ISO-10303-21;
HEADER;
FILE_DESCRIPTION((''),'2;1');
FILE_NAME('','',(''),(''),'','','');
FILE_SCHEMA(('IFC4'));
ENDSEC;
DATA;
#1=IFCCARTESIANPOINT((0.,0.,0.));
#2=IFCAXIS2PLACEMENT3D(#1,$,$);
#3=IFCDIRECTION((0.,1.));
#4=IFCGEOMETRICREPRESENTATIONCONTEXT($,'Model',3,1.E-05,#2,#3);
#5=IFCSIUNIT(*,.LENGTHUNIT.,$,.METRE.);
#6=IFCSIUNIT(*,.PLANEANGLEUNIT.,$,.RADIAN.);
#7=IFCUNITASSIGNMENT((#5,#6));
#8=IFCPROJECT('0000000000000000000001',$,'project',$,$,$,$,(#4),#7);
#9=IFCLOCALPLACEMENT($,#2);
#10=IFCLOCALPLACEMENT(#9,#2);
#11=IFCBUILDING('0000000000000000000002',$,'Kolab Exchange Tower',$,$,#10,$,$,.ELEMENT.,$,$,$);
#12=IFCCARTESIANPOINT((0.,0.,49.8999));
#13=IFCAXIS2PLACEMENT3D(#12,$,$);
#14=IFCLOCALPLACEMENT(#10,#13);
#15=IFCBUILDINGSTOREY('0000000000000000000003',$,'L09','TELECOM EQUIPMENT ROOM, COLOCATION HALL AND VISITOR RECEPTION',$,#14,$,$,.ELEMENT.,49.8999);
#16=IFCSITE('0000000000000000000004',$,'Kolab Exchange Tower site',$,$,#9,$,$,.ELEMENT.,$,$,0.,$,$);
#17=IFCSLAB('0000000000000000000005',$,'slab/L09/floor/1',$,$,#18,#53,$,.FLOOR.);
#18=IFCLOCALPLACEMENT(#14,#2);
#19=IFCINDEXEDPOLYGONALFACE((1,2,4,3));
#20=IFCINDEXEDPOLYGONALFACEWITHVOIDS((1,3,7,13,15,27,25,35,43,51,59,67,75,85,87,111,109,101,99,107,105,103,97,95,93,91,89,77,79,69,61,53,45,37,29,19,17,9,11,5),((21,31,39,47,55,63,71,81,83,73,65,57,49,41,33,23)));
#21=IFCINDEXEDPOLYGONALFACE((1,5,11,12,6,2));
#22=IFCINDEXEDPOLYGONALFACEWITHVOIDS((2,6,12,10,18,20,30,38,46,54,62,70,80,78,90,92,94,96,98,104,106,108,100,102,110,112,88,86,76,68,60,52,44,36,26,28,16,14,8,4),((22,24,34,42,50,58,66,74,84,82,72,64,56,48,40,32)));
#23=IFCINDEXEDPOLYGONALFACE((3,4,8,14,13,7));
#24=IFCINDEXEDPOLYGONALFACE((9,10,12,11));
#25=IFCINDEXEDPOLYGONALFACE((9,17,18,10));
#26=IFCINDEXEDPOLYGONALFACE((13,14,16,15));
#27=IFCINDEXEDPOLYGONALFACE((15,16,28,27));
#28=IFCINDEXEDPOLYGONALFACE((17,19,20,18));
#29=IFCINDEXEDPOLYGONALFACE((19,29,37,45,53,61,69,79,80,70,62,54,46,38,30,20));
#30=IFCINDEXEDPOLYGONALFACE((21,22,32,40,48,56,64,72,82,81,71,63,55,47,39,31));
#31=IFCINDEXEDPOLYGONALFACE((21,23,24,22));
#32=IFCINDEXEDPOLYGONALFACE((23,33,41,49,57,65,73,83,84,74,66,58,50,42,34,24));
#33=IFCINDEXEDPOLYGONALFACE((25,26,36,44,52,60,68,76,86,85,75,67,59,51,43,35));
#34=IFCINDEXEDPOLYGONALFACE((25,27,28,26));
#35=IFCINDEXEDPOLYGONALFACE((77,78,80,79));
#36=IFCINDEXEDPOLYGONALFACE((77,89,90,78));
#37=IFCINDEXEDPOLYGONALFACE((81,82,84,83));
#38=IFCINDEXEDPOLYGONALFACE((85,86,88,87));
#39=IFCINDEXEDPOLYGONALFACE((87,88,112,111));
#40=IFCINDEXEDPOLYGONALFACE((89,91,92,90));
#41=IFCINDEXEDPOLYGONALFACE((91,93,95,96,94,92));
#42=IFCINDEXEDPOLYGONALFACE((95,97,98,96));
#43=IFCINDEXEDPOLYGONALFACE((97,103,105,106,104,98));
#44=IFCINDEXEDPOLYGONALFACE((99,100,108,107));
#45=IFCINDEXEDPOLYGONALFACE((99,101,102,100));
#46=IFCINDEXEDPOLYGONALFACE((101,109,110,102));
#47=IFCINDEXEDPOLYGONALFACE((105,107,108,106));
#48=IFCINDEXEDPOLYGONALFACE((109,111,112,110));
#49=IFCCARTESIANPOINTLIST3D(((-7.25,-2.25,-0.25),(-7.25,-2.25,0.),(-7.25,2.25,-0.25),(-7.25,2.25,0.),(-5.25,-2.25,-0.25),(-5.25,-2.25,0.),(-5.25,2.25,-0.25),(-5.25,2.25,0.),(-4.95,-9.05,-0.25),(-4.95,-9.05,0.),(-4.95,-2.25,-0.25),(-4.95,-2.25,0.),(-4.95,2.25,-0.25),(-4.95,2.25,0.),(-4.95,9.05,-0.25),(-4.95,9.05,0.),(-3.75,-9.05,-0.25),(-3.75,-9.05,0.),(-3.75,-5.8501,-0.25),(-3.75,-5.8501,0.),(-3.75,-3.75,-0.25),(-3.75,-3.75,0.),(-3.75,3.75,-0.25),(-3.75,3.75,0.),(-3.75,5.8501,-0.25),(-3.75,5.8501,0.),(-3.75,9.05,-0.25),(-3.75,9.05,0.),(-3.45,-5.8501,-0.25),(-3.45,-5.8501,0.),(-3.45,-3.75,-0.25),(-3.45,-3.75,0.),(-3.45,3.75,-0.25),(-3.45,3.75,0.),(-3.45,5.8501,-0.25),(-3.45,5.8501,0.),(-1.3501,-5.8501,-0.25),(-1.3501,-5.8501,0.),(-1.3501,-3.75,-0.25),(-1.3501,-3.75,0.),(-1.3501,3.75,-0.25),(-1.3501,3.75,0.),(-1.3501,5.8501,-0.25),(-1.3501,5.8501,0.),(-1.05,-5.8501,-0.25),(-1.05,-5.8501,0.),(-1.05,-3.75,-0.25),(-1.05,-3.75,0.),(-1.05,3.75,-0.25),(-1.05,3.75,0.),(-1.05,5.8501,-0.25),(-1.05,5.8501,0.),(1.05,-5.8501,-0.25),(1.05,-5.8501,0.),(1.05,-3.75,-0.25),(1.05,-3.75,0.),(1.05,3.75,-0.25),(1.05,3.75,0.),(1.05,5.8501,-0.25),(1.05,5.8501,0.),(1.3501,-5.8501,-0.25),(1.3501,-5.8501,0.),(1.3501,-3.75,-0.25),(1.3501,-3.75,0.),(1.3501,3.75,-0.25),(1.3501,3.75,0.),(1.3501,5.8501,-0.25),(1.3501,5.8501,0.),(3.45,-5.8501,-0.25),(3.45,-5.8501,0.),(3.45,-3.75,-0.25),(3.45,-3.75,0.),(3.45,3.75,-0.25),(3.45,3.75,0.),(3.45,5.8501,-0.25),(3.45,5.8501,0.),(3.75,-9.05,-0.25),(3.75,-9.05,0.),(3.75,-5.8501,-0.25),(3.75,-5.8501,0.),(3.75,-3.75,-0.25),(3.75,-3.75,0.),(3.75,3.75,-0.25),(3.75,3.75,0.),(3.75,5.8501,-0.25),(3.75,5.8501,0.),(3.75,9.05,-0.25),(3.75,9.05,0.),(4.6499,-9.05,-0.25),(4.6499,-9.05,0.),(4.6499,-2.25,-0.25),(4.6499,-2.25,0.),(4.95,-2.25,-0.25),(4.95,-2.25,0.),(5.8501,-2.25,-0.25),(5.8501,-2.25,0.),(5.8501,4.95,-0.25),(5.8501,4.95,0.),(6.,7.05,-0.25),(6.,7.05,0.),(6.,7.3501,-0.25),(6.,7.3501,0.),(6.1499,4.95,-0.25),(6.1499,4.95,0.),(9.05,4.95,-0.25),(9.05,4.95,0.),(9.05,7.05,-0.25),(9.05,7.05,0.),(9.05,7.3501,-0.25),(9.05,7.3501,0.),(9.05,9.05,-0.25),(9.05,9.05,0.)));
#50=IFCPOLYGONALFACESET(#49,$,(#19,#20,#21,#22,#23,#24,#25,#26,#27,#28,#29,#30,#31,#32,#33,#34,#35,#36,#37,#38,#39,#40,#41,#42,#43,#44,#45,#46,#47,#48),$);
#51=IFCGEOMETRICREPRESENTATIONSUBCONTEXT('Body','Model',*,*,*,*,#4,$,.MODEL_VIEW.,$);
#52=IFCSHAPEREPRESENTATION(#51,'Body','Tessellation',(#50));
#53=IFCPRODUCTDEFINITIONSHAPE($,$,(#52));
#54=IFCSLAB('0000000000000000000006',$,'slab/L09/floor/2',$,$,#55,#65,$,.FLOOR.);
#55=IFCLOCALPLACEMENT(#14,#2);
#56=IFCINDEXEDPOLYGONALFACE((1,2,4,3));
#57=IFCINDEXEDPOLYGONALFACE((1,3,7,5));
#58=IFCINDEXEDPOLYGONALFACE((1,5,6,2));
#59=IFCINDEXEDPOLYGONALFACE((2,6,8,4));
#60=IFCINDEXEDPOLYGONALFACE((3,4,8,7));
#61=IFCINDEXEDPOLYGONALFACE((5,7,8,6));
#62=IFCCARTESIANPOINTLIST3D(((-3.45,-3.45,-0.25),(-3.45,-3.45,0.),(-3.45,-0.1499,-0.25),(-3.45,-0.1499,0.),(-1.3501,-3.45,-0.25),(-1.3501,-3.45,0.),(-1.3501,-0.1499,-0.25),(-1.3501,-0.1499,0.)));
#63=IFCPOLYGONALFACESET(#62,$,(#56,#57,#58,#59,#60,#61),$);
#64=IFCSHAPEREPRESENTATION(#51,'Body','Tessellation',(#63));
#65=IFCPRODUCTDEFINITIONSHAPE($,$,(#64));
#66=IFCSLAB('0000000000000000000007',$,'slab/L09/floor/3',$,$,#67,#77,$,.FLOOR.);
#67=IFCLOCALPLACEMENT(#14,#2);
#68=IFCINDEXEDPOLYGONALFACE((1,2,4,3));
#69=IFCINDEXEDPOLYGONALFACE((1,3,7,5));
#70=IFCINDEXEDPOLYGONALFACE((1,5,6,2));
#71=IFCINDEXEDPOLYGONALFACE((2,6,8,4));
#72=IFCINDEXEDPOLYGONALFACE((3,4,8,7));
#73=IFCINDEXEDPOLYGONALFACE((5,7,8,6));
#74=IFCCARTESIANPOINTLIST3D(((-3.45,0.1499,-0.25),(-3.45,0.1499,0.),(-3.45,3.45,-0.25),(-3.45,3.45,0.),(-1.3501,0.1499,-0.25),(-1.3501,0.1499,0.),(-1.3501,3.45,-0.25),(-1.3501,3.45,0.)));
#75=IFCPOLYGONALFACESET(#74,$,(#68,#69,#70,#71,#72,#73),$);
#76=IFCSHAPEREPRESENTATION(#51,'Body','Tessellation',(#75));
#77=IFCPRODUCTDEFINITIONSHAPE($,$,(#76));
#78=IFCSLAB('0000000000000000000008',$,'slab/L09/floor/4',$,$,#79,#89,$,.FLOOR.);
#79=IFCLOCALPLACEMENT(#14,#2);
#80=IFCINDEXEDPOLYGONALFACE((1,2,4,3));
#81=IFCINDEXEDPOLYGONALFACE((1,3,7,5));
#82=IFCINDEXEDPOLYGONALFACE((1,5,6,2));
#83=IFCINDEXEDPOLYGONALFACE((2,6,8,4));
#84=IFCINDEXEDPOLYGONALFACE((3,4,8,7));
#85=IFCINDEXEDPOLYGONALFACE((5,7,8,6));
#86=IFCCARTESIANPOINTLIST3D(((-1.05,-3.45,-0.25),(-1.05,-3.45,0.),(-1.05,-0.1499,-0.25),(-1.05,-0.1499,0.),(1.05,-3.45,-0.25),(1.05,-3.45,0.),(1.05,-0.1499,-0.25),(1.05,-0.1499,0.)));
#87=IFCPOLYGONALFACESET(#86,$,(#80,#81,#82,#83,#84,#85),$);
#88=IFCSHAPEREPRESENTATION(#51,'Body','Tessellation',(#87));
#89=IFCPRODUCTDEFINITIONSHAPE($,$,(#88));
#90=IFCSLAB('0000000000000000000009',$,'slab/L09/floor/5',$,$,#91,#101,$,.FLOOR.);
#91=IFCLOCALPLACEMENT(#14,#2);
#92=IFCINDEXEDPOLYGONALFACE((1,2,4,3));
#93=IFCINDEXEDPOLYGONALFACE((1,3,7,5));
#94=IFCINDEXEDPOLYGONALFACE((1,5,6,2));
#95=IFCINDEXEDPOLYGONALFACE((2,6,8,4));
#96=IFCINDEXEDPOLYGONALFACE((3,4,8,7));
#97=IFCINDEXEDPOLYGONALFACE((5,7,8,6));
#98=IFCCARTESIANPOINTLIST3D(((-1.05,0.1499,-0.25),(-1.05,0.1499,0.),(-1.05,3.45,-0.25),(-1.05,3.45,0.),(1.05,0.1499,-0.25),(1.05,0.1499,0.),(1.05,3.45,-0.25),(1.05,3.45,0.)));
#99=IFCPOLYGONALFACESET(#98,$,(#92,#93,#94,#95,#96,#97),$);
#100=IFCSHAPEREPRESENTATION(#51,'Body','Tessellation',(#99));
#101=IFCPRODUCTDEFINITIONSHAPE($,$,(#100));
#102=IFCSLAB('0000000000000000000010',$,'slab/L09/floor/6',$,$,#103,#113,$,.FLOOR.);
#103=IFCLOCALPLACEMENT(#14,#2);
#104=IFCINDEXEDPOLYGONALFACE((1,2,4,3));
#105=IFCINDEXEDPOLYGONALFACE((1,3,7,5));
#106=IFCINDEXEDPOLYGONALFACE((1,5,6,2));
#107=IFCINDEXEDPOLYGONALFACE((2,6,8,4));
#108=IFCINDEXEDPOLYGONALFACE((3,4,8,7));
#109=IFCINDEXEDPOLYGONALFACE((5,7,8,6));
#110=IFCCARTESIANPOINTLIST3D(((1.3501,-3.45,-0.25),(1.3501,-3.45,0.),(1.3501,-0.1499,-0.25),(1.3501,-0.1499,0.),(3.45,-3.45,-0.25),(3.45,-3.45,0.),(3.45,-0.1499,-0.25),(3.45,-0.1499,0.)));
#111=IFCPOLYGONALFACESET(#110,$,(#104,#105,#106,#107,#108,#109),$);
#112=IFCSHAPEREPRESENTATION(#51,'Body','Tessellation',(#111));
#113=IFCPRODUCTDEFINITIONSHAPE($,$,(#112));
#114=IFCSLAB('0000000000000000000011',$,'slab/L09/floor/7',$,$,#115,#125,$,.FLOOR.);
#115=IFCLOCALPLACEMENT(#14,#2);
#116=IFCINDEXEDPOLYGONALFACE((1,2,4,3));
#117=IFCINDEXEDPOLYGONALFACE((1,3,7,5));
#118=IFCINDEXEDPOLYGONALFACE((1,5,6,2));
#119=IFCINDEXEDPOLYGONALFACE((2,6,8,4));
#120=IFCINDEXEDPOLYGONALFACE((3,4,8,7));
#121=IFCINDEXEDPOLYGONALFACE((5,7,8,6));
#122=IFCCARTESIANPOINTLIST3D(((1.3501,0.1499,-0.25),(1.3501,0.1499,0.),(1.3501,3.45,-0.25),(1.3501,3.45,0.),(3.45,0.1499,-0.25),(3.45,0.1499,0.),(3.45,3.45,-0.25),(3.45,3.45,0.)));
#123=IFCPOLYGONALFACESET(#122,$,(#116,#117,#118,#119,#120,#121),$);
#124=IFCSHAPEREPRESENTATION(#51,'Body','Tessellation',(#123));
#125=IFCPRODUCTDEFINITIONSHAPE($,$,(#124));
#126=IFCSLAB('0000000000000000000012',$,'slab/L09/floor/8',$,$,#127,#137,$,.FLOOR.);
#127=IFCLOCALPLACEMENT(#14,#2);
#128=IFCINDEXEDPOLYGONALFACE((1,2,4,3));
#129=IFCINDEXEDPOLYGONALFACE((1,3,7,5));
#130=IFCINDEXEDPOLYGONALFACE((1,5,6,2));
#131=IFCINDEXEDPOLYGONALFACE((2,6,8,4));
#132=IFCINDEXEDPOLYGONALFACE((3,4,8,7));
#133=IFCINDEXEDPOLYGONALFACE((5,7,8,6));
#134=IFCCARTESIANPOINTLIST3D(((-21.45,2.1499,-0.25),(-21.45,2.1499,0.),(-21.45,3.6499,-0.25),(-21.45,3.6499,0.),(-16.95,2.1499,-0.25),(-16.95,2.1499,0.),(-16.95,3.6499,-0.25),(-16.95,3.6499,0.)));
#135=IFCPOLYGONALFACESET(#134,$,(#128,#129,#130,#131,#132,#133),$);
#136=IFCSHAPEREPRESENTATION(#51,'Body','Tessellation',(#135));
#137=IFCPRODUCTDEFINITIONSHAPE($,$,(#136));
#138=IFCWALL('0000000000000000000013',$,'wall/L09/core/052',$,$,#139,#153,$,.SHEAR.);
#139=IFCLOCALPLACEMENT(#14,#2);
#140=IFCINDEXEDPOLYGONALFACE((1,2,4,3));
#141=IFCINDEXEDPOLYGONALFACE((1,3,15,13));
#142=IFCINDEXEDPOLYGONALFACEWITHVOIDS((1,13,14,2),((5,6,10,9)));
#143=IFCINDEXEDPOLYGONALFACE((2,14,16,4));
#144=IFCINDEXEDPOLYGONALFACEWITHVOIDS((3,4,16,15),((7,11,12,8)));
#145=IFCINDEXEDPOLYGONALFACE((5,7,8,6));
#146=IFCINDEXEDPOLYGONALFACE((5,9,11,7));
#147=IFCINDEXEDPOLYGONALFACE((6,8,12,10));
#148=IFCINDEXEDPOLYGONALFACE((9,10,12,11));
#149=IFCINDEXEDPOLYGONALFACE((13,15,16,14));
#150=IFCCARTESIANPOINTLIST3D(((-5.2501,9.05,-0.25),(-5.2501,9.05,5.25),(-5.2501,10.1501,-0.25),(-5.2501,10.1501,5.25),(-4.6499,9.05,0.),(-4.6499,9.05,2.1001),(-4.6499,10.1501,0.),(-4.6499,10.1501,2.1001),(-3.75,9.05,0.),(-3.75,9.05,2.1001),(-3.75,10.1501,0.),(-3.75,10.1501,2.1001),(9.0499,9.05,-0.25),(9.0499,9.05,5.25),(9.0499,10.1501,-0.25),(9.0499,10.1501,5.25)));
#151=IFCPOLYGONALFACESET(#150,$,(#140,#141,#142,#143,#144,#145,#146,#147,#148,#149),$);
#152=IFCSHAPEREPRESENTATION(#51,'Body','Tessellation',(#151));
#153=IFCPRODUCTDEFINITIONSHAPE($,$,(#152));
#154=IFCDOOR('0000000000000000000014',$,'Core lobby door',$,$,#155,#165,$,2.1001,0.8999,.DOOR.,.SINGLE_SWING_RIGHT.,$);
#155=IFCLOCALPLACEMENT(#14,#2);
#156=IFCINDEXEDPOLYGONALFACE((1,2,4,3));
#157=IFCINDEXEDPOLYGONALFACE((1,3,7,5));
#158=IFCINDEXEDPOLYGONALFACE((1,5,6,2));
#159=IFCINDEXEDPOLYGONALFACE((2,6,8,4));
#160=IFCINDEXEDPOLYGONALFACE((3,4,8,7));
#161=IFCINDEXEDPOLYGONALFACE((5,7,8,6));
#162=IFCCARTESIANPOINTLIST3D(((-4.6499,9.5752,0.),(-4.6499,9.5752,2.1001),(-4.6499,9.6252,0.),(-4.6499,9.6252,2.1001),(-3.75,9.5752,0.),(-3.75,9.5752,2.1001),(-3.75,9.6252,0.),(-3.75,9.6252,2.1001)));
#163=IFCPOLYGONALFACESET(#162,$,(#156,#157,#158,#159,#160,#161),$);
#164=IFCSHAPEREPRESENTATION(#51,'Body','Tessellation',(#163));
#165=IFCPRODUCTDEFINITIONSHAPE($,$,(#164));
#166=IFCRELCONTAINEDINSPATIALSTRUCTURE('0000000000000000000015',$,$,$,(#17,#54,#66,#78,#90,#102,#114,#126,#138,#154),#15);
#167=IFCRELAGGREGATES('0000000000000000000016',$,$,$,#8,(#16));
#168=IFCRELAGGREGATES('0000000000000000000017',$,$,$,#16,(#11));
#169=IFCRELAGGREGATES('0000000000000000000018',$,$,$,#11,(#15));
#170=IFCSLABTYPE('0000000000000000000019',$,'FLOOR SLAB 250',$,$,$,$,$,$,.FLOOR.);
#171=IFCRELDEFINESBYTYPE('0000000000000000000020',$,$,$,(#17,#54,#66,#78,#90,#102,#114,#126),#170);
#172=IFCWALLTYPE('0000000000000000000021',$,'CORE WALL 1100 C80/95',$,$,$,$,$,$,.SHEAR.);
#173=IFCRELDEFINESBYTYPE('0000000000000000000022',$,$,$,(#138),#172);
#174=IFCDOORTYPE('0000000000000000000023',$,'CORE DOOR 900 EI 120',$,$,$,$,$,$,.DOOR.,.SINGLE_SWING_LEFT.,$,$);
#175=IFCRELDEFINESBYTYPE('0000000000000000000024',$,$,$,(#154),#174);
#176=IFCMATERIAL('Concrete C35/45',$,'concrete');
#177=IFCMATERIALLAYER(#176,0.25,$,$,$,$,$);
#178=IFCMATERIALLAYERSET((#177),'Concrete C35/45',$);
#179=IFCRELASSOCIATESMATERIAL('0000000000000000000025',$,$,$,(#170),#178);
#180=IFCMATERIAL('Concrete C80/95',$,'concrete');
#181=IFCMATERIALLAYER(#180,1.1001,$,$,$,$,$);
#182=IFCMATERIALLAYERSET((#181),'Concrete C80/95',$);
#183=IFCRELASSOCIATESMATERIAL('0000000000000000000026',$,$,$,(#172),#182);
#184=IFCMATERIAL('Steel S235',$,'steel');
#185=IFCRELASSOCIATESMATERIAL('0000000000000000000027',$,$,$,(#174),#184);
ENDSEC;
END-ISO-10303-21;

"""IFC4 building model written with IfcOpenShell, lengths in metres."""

from ifc_helpers import new_model, si_unit, direction, frame, frame_2d, origin, place, context, subcontext, project, spatial, polyline, rectangle, outline, extrude, material, layer, layer_set, type_object, element, fill, save


model = new_model("IFC4")

# Units and contexts
model_context = context("Model", 3, precision=1e-05, world=origin(), true_north=direction((0.0, 1.0)))
body_context = subcontext(model_context, "Body", "Model", "MODEL_VIEW")
ifc_project = project(units=[si_unit("LENGTHUNIT", "METRE"), si_unit("PLANEANGLEUNIT", "RADIAN")], contexts=[model_context])

# Site, building, storey
site_placement = place(None, origin())
site = spatial("IfcSite", under=ifc_project, at=site_placement, Name="Kolab Exchange Tower site", CompositionType="ELEMENT", RefElevation=0.0)
building_placement = place(site_placement, origin())
building = spatial("IfcBuilding", under=site, at=building_placement, Name="Kolab Exchange Tower", CompositionType="ELEMENT")
storey_placement = place(building_placement, frame((0.0, 0.0, 49.8999)))
storey = spatial("IfcBuildingStorey", under=building, at=storey_placement, Name="L09", Description="TELECOM EQUIPMENT ROOM, COLOCATION HALL AND VISITOR RECEPTION", CompositionType="ELEMENT", Elevation=49.8999)

# Slabs
ifc_material_1 = material(Name="Concrete C35/45", Category="concrete")
ifc_layer_1 = layer(ifc_material_1, 0.25)
ifc_layer_set_1 = layer_set([ifc_layer_1], Name="Concrete C35/45")
slab_type = type_object("IfcSlabType", Name="FLOOR SLAB 250", PredefinedType="FLOOR", material=ifc_layer_set_1)
slab_1_placement = place(storey_placement, frame((0.0, 0.0, -0.25)))
element("IfcSlab", 1, at=slab_1_placement, inside=storey, type_object=slab_type, Name="slab/L09/floor/1", PredefinedType="FLOOR", context=body_context, shape_type="SweptSolid", body=[
    extrude(outline(polyline([(-5.25, 2.25), (-7.25, 2.25), (-7.25, -2.25), (-5.25, -2.25), (-4.95, -2.25), (-4.95, -9.05), (-3.75, -9.05), (-3.75, -5.8501), (-3.45, -5.8501), (-1.3501, -5.8501), (-1.05, -5.8501), (1.05, -5.8501), (1.3501, -5.8501), (3.45, -5.8501), (3.75, -5.8501), (3.75, -9.05), (4.6499, -9.05), (4.6499, -2.25), (4.95, -2.25), (5.8501, -2.25), (5.8501, 4.95), (6.1499, 4.95), (9.05, 4.95), (9.05, 7.05), (6.0, 7.05), (6.0, 7.3501), (9.05, 7.3501), (9.05, 9.05), (3.75, 9.05), (3.75, 5.8501), (3.45, 5.8501), (1.3501, 5.8501), (1.05, 5.8501), (-1.05, 5.8501), (-1.3501, 5.8501), (-3.45, 5.8501), (-3.75, 5.8501), (-3.75, 9.05), (-4.95, 9.05), (-4.95, 2.25), (-5.25, 2.25)]), holes=[polyline([(-1.3501, 3.75), (-1.05, 3.75), (1.05, 3.75), (1.3501, 3.75), (3.45, 3.75), (3.75, 3.75), (3.75, -3.75), (3.45, -3.75), (1.3501, -3.75), (1.05, -3.75), (-1.05, -3.75), (-1.3501, -3.75), (-3.45, -3.75), (-3.75, -3.75), (-3.75, 3.75), (-3.45, 3.75), (-1.3501, 3.75)])]), origin(), (0.0, 0.0, 1.0), 0.25),
])
slab_2_placement = place(storey_placement, frame((0.0, 0.0, -0.25)))
element("IfcSlab", 2, at=slab_2_placement, inside=storey, type_object=slab_type, Name="slab/L09/floor/2", PredefinedType="FLOOR", context=body_context, shape_type="SweptSolid", body=[
    extrude(outline(polyline([(-3.45, -3.45), (-1.3501, -3.45), (-1.3501, -0.1499), (-3.45, -0.1499), (-3.45, -3.45)])), origin(), (0.0, 0.0, 1.0), 0.25),
])
slab_3_placement = place(storey_placement, frame((0.0, 0.0, -0.25)))
element("IfcSlab", 3, at=slab_3_placement, inside=storey, type_object=slab_type, Name="slab/L09/floor/3", PredefinedType="FLOOR", context=body_context, shape_type="SweptSolid", body=[
    extrude(outline(polyline([(-1.3501, 0.1499), (-1.3501, 3.45), (-3.45, 3.45), (-3.45, 0.1499), (-1.3501, 0.1499)])), origin(), (0.0, 0.0, 1.0), 0.25),
])
slab_4_placement = place(storey_placement, frame((0.0, 0.0, -0.25)))
element("IfcSlab", 4, at=slab_4_placement, inside=storey, type_object=slab_type, Name="slab/L09/floor/4", PredefinedType="FLOOR", context=body_context, shape_type="SweptSolid", body=[
    extrude(outline(polyline([(-1.05, -0.1499), (-1.05, -3.45), (1.05, -3.45), (1.05, -0.1499), (-1.05, -0.1499)])), origin(), (0.0, 0.0, 1.0), 0.25),
])
slab_5_placement = place(storey_placement, frame((0.0, 0.0, -0.25)))
element("IfcSlab", 5, at=slab_5_placement, inside=storey, type_object=slab_type, Name="slab/L09/floor/5", PredefinedType="FLOOR", context=body_context, shape_type="SweptSolid", body=[
    extrude(outline(polyline([(-1.05, 3.45), (-1.05, 0.1499), (1.05, 0.1499), (1.05, 3.45), (-1.05, 3.45)])), origin(), (0.0, 0.0, 1.0), 0.25),
])
slab_6_placement = place(storey_placement, frame((0.0, 0.0, -0.25)))
element("IfcSlab", 6, at=slab_6_placement, inside=storey, type_object=slab_type, Name="slab/L09/floor/6", PredefinedType="FLOOR", context=body_context, shape_type="SweptSolid", body=[
    extrude(outline(polyline([(1.3501, -3.45), (3.45, -3.45), (3.45, -0.1499), (1.3501, -0.1499), (1.3501, -3.45)])), origin(), (0.0, 0.0, 1.0), 0.25),
])
slab_7_placement = place(storey_placement, frame((0.0, 0.0, -0.25)))
element("IfcSlab", 7, at=slab_7_placement, inside=storey, type_object=slab_type, Name="slab/L09/floor/7", PredefinedType="FLOOR", context=body_context, shape_type="SweptSolid", body=[
    extrude(outline(polyline([(1.3501, 0.1499), (3.45, 0.1499), (3.45, 3.45), (1.3501, 3.45), (1.3501, 0.1499)])), origin(), (0.0, 0.0, 1.0), 0.25),
])
slab_8_placement = place(storey_placement, frame((0.0, 0.0, -0.25)))
element("IfcSlab", 8, at=slab_8_placement, inside=storey, type_object=slab_type, Name="slab/L09/floor/8", PredefinedType="FLOOR", context=body_context, shape_type="SweptSolid", body=[
    extrude(outline(polyline([(-21.45, 3.6499), (-21.45, 2.1499), (-16.95, 2.1499), (-16.95, 3.6499), (-21.45, 3.6499)])), origin(), (0.0, 0.0, 1.0), 0.25),
])

# Wall, opening, door
ifc_material_2 = material(Name="Concrete C80/95", Category="concrete")
ifc_layer_2 = layer(ifc_material_2, 1.1001)
ifc_layer_set_2 = layer_set([ifc_layer_2], Name="Concrete C80/95")
wall_type_1 = type_object("IfcWallType", Name="CORE WALL 1100 C80/95", PredefinedType="SHEAR", material=ifc_layer_set_2)
wall_1_placement = place(storey_placement, frame((-5.25, 9.6001, -0.25), z_axis=(0.0, 0.0, 1.0), x_axis=(1.0, 0.0, 0.0)))
wall_1 = element("IfcWall", 9, at=wall_1_placement, inside=storey, type_object=wall_type_1, Name="wall/L09/core/052", PredefinedType="SHEAR", context=body_context, shape_type="SweptSolid", body=[
    extrude(rectangle(XDim=14.3, YDim=1.1001, at=frame_2d((7.1499, 0.0))), origin(), (0.0, 0.0, 1.0), 5.5),
])
opening_1_placement = place(wall_1_placement, frame((0.6001, 0.0, 0.25)))
opening_1 = element("IfcOpeningElement", 10, at=opening_1_placement, cuts=wall_1, PredefinedType="OPENING", context=body_context, shape_type="SweptSolid", body=[
    extrude(rectangle(XDim=0.8999, YDim=2.1001, at=frame_2d((0.45, 1.05))), frame((0.0, 0.5601, 0.0), z_axis=(0.0, -1.0, 0.0), x_axis=(1.0, 0.0, 0.0)), (0.0, 0.0, 1.0), 1.1201),
])
ifc_material_3 = material(Name="Steel S235", Category="steel")
door_type_1 = type_object("IfcDoorType", Name="CORE DOOR 900 EI 120", OperationType="SINGLE_SWING_LEFT", PredefinedType="DOOR", material=ifc_material_3)
door_1_placement = place(opening_1_placement, frame((0.8999, 0.0, 0.0), z_axis=(0.0, 0.0, 1.0), x_axis=(-1.0, 0.0, 0.0)))
door_1 = element("IfcDoor", 11, at=door_1_placement, inside=storey, type_object=door_type_1, Name="Core lobby door", OperationType="SINGLE_SWING_RIGHT", OverallHeight=2.1001, OverallWidth=0.8999, PredefinedType="DOOR", context=body_context, shape_type="SweptSolid", body=[
    extrude(rectangle(XDim=0.8999, YDim=2.1001, at=frame_2d((0.45, 1.05))), frame((0.0, 0.0249, 0.0), z_axis=(0.0, -1.0, 0.0), x_axis=(1.0, 0.0, 0.0)), (0.0, 0.0, 1.0), 0.05),
])
fill(opening_1, door_1)

save(model, "model.ifc")
